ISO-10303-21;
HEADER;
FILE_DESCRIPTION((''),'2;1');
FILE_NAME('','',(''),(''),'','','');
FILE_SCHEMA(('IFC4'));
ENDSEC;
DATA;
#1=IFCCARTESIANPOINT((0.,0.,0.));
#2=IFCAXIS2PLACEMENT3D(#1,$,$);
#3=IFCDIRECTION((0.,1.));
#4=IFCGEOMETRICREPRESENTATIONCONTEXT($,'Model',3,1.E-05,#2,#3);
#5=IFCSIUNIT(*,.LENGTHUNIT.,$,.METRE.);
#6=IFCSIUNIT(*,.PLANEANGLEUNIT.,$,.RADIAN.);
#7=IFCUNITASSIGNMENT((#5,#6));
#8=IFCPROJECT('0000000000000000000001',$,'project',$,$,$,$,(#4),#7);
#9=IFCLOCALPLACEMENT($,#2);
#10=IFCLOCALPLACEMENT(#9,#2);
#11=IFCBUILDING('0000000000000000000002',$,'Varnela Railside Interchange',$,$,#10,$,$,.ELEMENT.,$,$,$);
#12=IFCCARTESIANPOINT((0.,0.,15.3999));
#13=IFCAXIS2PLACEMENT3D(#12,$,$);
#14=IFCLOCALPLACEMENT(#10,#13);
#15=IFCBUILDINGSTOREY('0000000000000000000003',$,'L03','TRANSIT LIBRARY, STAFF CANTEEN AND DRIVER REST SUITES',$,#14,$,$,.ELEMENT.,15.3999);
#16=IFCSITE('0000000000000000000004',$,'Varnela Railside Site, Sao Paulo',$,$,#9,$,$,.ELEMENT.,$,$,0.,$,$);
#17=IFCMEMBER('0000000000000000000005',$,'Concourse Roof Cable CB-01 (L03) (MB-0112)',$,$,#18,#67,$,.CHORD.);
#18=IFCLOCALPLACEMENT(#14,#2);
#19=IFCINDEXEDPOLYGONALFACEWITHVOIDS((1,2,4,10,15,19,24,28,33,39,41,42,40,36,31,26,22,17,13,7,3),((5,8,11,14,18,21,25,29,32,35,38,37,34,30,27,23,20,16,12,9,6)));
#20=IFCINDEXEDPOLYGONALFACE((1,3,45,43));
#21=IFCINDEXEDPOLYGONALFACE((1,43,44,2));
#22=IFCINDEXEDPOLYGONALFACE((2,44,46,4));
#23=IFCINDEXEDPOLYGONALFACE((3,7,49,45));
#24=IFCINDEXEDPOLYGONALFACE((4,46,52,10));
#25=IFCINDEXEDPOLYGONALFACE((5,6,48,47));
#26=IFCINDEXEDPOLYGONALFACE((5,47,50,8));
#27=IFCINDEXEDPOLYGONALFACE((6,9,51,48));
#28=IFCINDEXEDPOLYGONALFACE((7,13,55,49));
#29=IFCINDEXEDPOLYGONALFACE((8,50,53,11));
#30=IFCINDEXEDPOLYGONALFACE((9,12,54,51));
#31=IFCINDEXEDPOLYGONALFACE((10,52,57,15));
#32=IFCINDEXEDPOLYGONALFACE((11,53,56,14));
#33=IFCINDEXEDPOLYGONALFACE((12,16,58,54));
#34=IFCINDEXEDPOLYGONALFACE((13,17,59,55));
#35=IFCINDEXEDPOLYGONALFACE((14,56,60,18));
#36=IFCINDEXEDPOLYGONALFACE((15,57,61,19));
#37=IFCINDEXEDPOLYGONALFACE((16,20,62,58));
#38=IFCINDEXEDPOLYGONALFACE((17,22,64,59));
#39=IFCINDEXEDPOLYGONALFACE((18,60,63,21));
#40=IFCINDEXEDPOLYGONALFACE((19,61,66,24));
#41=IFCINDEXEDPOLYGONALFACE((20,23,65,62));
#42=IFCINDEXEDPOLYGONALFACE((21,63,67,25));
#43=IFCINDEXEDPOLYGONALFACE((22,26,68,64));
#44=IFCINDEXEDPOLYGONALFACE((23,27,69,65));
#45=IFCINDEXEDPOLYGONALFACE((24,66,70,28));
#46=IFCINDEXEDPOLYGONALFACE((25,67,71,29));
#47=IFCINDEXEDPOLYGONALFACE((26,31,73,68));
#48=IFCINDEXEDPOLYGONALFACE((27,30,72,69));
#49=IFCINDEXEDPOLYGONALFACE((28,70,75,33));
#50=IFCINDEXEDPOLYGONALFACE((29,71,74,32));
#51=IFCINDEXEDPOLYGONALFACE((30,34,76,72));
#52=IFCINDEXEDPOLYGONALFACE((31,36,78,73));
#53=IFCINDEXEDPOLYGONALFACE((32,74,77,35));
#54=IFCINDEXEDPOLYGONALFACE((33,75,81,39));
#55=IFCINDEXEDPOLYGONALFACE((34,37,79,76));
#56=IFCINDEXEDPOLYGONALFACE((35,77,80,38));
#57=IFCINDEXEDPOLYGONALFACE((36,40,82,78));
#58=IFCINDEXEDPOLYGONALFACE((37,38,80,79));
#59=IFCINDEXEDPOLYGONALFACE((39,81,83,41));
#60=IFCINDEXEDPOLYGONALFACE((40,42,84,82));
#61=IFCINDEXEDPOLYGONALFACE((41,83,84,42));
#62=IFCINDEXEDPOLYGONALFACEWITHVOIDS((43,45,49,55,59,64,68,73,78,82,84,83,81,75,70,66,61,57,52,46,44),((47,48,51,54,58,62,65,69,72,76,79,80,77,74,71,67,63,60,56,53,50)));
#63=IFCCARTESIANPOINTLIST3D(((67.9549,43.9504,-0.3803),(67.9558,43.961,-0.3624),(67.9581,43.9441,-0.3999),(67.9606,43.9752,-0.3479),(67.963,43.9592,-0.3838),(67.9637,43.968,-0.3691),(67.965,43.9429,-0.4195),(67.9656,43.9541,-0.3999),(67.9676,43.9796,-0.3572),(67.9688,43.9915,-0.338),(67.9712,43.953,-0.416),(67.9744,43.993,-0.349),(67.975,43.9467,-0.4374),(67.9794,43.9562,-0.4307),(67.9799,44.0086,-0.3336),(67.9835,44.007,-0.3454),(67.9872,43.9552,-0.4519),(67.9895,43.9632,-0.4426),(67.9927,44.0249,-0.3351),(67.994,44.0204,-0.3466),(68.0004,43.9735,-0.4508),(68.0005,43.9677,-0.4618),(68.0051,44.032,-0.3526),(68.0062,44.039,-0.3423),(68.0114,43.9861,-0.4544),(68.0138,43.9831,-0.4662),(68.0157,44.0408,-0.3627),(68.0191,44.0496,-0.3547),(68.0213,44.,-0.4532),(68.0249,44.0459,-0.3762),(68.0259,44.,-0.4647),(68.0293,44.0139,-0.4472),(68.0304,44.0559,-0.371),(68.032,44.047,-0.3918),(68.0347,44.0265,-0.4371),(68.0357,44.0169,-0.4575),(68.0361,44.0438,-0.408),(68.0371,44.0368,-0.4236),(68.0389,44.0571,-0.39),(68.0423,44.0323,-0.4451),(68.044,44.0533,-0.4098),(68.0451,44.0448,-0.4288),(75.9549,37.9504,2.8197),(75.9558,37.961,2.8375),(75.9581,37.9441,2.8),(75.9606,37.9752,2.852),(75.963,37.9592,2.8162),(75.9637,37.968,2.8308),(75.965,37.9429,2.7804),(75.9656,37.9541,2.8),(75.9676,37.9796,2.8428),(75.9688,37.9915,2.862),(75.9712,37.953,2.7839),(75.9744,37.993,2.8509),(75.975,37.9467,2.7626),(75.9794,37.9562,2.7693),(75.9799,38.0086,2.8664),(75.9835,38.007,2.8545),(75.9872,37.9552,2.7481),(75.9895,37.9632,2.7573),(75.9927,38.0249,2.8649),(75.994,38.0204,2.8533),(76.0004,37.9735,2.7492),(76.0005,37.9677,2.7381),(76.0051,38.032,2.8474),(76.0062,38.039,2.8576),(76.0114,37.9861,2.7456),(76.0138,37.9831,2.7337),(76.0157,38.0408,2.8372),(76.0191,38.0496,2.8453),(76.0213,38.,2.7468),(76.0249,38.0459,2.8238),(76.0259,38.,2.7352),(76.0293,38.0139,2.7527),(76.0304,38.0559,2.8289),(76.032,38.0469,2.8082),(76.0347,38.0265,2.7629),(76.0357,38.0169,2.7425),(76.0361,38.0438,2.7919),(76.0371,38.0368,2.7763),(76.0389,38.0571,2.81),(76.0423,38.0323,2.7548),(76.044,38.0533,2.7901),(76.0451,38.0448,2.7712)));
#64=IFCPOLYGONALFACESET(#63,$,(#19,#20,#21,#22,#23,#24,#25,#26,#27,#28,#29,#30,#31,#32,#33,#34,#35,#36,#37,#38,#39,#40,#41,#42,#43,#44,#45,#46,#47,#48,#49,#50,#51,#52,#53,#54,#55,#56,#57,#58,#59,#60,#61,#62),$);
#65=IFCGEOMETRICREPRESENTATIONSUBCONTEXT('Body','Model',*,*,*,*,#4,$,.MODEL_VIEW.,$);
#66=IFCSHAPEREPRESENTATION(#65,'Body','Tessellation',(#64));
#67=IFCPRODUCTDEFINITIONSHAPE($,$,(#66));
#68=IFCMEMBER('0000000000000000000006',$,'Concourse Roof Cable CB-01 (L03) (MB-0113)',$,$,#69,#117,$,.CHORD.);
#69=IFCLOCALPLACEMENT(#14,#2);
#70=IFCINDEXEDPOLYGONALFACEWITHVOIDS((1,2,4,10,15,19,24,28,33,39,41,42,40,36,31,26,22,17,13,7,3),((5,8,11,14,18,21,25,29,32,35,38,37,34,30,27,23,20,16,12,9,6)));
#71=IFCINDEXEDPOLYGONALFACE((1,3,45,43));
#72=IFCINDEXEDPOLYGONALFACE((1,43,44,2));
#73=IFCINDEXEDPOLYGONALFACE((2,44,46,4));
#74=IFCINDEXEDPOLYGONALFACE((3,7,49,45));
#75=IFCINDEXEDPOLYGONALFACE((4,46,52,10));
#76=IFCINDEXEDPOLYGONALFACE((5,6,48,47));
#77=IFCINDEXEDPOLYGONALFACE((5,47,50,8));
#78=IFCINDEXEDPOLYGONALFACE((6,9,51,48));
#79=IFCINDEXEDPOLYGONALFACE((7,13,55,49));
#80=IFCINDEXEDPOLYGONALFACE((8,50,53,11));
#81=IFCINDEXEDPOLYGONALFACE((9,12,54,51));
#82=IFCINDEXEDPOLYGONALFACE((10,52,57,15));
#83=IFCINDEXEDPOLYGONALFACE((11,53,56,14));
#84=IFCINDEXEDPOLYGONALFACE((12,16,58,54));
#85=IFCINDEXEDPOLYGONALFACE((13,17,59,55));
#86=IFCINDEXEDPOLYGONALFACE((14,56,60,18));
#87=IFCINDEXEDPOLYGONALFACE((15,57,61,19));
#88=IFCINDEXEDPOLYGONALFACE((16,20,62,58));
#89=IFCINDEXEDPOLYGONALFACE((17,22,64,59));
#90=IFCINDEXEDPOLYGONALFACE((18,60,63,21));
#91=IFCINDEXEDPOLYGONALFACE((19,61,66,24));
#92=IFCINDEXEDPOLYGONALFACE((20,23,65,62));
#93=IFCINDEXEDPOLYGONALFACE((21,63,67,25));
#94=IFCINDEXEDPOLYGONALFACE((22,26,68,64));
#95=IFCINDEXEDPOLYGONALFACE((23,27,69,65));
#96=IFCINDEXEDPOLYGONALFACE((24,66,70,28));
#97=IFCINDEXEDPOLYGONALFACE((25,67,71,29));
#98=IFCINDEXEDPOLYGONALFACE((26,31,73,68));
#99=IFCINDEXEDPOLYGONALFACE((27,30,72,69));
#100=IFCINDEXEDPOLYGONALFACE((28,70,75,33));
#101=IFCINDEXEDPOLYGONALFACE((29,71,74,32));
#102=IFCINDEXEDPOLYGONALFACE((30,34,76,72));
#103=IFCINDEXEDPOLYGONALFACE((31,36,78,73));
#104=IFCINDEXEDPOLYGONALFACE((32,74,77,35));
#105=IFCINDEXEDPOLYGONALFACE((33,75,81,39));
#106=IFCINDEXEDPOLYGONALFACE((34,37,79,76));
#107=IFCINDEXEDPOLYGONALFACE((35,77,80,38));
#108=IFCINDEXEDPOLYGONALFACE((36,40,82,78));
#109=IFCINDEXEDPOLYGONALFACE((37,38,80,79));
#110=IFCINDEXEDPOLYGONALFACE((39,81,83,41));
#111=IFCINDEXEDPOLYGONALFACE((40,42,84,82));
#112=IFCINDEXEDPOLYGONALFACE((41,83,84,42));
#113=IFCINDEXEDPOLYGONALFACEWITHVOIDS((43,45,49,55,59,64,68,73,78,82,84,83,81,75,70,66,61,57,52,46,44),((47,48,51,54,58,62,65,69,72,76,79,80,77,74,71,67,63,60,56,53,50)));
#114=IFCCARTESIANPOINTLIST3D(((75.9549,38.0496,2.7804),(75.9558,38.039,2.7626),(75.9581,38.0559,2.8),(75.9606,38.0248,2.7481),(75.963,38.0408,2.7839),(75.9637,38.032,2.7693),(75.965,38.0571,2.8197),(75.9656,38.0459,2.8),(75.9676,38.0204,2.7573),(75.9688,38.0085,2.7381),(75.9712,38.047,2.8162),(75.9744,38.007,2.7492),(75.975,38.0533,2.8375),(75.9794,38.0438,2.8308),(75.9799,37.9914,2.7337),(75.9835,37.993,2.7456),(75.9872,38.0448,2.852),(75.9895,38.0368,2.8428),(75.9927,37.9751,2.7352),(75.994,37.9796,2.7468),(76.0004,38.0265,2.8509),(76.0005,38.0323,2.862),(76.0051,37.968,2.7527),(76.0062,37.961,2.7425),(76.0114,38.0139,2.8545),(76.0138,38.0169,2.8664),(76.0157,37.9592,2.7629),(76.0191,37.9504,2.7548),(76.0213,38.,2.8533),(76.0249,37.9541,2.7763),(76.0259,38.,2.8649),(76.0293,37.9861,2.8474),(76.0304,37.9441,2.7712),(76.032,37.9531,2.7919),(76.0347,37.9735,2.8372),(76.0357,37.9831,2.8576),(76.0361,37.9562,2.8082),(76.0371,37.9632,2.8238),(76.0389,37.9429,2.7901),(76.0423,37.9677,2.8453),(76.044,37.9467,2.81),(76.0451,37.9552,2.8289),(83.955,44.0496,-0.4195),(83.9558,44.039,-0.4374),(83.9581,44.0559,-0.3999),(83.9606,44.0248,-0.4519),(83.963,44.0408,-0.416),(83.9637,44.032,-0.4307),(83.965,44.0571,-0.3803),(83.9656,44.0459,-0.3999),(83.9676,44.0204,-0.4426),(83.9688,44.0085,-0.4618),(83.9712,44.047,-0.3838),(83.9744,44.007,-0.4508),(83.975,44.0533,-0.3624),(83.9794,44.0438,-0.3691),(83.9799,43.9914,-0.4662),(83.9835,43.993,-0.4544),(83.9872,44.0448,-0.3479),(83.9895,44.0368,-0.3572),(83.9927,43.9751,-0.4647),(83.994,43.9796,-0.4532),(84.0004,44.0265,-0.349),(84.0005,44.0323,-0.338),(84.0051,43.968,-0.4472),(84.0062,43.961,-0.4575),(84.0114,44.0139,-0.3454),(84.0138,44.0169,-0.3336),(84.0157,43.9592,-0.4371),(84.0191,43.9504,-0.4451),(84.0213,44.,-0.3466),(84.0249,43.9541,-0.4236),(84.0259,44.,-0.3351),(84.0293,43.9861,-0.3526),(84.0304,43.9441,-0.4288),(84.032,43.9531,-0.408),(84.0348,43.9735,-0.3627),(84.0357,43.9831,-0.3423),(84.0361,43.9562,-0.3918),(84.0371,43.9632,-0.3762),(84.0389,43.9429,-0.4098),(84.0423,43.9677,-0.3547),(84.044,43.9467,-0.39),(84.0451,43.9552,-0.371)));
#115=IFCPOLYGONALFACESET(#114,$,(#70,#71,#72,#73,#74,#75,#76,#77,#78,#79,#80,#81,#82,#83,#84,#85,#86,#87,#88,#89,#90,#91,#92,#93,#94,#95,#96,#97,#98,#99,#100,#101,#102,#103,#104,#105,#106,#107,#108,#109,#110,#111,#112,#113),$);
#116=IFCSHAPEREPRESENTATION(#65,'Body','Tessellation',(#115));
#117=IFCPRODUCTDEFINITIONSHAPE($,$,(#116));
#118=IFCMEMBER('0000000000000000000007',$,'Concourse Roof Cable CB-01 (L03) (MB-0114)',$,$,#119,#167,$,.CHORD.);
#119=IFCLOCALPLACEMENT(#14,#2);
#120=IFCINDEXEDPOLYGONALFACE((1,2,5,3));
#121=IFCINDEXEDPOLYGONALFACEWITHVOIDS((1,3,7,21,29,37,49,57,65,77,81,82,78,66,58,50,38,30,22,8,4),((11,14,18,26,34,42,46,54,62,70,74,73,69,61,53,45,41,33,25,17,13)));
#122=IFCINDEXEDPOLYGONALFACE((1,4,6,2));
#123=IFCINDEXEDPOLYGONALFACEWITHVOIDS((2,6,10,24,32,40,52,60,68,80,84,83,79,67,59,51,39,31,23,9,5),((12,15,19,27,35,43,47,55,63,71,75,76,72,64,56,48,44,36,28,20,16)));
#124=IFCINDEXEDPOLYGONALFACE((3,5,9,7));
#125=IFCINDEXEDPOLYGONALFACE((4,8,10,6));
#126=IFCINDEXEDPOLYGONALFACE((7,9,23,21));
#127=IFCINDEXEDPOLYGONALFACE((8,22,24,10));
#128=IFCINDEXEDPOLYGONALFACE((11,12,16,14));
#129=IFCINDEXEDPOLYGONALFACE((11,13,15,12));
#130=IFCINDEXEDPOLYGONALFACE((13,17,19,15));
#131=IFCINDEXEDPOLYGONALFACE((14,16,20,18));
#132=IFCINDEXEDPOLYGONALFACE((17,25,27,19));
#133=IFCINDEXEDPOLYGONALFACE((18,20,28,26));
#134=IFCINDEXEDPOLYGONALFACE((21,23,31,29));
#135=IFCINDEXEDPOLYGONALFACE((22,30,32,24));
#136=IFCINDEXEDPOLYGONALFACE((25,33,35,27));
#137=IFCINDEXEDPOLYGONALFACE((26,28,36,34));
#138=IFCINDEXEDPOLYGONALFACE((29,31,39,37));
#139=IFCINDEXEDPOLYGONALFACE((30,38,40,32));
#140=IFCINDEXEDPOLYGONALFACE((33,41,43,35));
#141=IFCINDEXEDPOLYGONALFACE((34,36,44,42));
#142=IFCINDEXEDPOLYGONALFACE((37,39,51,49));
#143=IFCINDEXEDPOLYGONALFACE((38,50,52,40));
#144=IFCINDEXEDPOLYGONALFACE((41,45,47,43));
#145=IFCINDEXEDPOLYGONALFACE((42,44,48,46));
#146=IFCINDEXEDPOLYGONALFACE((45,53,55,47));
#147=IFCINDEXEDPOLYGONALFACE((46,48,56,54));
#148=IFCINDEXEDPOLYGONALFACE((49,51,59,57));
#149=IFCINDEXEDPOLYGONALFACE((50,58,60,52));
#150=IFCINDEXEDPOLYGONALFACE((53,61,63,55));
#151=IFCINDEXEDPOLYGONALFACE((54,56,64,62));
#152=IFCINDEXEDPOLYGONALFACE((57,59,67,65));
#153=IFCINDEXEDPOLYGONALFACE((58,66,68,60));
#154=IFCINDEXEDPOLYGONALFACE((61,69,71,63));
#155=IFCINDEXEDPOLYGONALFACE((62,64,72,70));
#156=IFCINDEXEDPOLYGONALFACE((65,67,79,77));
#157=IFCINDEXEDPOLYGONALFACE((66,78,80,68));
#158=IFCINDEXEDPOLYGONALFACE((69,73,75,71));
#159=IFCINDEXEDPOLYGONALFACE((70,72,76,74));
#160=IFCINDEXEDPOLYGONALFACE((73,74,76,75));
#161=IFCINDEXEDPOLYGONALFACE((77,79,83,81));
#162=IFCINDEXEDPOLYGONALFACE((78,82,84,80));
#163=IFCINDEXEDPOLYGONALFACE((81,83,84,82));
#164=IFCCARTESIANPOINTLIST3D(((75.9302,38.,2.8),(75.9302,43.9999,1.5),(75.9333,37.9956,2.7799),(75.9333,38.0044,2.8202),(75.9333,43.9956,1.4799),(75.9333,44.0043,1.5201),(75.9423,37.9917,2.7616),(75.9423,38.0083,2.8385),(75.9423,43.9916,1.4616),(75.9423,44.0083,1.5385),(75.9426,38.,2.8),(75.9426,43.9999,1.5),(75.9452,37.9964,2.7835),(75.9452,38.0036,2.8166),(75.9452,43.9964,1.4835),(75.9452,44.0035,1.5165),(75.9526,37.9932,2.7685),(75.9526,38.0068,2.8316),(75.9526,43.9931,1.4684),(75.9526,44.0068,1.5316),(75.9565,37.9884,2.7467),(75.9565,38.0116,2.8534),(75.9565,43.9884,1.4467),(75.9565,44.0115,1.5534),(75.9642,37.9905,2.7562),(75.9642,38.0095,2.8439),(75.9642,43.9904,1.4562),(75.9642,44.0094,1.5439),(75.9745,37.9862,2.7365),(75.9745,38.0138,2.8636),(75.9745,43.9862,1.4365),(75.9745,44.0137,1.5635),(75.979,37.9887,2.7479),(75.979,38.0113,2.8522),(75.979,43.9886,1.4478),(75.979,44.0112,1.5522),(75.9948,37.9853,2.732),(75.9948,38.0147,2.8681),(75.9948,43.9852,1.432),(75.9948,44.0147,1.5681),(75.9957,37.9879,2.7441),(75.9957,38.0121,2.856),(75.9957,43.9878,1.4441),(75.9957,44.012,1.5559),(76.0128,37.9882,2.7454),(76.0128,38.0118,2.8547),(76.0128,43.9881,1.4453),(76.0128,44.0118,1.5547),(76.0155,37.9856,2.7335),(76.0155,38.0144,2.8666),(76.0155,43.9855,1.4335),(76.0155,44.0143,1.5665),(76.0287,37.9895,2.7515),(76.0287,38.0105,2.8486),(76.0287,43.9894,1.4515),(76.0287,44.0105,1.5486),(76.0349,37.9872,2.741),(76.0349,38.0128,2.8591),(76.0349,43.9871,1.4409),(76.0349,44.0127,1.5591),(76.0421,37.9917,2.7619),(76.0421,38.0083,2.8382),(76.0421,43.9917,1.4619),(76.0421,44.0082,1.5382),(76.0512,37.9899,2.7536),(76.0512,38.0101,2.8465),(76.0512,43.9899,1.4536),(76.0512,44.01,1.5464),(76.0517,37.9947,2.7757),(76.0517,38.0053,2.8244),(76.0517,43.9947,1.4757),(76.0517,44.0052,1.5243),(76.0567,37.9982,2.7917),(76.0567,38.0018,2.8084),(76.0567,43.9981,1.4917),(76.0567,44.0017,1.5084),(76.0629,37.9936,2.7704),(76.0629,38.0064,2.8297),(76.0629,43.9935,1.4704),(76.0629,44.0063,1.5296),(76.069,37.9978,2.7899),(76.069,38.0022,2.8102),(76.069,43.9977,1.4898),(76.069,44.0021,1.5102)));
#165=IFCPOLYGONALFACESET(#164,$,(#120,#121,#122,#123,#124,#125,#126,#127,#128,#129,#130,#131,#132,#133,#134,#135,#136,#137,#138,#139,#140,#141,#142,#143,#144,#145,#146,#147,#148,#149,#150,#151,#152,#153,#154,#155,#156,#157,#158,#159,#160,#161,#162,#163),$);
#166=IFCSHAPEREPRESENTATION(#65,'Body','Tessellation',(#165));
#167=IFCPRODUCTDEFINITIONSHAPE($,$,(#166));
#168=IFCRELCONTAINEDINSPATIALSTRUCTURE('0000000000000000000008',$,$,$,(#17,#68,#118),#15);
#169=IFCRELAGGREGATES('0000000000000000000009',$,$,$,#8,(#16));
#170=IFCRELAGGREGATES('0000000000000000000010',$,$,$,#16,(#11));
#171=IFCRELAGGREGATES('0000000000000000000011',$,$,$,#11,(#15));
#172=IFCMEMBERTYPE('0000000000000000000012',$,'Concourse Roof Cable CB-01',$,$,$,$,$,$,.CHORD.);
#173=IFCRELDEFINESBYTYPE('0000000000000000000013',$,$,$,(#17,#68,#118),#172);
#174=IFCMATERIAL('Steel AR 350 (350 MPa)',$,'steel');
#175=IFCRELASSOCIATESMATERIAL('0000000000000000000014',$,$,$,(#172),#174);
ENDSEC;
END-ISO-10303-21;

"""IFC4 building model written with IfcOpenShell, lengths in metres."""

from ifc_helpers import new_model, si_unit, direction, frame, origin, origin_2d, place, context, subcontext, project, spatial, hollow_circle, extrude, material, material_profile, profile_set, type_object, element, save


model = new_model("IFC4")

# Units and contexts
model_context = context("Model", 3, precision=1e-05, world=origin(), true_north=direction((0.0, 1.0)))
body_context = subcontext(model_context, "Body", "Model", "MODEL_VIEW")
ifc_project = project(units=[si_unit("LENGTHUNIT", "METRE"), si_unit("PLANEANGLEUNIT", "RADIAN")], contexts=[model_context])

# Site, building, storey
site_placement = place(None, origin())
site = spatial("IfcSite", under=ifc_project, at=site_placement, Name="Varnela Railside Site, Sao Paulo", CompositionType="ELEMENT", RefElevation=0.0)
building_placement = place(site_placement, origin())
building = spatial("IfcBuilding", under=site, at=building_placement, Name="Varnela Railside Interchange", CompositionType="ELEMENT")
storey_placement = place(building_placement, frame((0.0, 0.0, 15.3999)))
storey = spatial("IfcBuildingStorey", under=building, at=storey_placement, Name="L03", Description="TRANSIT LIBRARY, STAFF CANTEEN AND DRIVER REST SUITES", CompositionType="ELEMENT", Elevation=15.3999)

# Members
ifc_material_1 = material(Name="Steel AR 350 (350 MPa)", Category="steel")
ifc_material_profile_1 = material_profile(ifc_material_1, hollow_circle(Radius=0.0698, WallThickness=0.0125, at=origin_2d()), Name="CHS 139.7x12.5")
ifc_profile_set_1 = profile_set([ifc_material_profile_1], Name="Steel AR 350 (350 MPa)")
member_type_1 = type_object("IfcMemberType", Name="Concourse Roof Cable CB-01", PredefinedType="CHORD", material=ifc_profile_set_1)
for number, where, z_axis, x_axis, name in (
    (1, (76.0, 38.0, 2.8), (-0.76194, 0.571455, -0.304772), (-0.6, -0.8, 0.0), "Concourse Roof Cable CB-01 (L03) (MB-0112)"),
    (2, (76.0, 38.0, 2.8), (0.76194, 0.571455, -0.304772), (-0.6, 0.8, 0.0), "Concourse Roof Cable CB-01 (L03) (MB-0113)"),
):
    element("IfcMember", number, at=place(storey_placement, frame(where, z_axis=z_axis, x_axis=x_axis)), inside=storey, type_object=member_type_1, Name=name, PredefinedType="CHORD", context=body_context, shape_type="SweptSolid", body=[
        extrude(hollow_circle(Radius=0.0698, WallThickness=0.0125, at=origin_2d()), origin(), (0.0, 0.0, 1.0), 10.4995),
    ])
member_1_placement = place(storey_placement, frame((76.0, 38.0, 2.8), z_axis=(0.0, 0.977321, -0.211761), x_axis=(-1.0, 0.0, 0.0)))
element("IfcMember", 3, at=member_1_placement, inside=storey, type_object=member_type_1, Name="Concourse Roof Cable CB-01 (L03) (MB-0114)", PredefinedType="CHORD", context=body_context, shape_type="SweptSolid", body=[
    extrude(hollow_circle(Radius=0.0698, WallThickness=0.0125, at=origin_2d()), origin(), (0.0, 0.0, 1.0), 6.1392),
])

save(model, "model.ifc")
